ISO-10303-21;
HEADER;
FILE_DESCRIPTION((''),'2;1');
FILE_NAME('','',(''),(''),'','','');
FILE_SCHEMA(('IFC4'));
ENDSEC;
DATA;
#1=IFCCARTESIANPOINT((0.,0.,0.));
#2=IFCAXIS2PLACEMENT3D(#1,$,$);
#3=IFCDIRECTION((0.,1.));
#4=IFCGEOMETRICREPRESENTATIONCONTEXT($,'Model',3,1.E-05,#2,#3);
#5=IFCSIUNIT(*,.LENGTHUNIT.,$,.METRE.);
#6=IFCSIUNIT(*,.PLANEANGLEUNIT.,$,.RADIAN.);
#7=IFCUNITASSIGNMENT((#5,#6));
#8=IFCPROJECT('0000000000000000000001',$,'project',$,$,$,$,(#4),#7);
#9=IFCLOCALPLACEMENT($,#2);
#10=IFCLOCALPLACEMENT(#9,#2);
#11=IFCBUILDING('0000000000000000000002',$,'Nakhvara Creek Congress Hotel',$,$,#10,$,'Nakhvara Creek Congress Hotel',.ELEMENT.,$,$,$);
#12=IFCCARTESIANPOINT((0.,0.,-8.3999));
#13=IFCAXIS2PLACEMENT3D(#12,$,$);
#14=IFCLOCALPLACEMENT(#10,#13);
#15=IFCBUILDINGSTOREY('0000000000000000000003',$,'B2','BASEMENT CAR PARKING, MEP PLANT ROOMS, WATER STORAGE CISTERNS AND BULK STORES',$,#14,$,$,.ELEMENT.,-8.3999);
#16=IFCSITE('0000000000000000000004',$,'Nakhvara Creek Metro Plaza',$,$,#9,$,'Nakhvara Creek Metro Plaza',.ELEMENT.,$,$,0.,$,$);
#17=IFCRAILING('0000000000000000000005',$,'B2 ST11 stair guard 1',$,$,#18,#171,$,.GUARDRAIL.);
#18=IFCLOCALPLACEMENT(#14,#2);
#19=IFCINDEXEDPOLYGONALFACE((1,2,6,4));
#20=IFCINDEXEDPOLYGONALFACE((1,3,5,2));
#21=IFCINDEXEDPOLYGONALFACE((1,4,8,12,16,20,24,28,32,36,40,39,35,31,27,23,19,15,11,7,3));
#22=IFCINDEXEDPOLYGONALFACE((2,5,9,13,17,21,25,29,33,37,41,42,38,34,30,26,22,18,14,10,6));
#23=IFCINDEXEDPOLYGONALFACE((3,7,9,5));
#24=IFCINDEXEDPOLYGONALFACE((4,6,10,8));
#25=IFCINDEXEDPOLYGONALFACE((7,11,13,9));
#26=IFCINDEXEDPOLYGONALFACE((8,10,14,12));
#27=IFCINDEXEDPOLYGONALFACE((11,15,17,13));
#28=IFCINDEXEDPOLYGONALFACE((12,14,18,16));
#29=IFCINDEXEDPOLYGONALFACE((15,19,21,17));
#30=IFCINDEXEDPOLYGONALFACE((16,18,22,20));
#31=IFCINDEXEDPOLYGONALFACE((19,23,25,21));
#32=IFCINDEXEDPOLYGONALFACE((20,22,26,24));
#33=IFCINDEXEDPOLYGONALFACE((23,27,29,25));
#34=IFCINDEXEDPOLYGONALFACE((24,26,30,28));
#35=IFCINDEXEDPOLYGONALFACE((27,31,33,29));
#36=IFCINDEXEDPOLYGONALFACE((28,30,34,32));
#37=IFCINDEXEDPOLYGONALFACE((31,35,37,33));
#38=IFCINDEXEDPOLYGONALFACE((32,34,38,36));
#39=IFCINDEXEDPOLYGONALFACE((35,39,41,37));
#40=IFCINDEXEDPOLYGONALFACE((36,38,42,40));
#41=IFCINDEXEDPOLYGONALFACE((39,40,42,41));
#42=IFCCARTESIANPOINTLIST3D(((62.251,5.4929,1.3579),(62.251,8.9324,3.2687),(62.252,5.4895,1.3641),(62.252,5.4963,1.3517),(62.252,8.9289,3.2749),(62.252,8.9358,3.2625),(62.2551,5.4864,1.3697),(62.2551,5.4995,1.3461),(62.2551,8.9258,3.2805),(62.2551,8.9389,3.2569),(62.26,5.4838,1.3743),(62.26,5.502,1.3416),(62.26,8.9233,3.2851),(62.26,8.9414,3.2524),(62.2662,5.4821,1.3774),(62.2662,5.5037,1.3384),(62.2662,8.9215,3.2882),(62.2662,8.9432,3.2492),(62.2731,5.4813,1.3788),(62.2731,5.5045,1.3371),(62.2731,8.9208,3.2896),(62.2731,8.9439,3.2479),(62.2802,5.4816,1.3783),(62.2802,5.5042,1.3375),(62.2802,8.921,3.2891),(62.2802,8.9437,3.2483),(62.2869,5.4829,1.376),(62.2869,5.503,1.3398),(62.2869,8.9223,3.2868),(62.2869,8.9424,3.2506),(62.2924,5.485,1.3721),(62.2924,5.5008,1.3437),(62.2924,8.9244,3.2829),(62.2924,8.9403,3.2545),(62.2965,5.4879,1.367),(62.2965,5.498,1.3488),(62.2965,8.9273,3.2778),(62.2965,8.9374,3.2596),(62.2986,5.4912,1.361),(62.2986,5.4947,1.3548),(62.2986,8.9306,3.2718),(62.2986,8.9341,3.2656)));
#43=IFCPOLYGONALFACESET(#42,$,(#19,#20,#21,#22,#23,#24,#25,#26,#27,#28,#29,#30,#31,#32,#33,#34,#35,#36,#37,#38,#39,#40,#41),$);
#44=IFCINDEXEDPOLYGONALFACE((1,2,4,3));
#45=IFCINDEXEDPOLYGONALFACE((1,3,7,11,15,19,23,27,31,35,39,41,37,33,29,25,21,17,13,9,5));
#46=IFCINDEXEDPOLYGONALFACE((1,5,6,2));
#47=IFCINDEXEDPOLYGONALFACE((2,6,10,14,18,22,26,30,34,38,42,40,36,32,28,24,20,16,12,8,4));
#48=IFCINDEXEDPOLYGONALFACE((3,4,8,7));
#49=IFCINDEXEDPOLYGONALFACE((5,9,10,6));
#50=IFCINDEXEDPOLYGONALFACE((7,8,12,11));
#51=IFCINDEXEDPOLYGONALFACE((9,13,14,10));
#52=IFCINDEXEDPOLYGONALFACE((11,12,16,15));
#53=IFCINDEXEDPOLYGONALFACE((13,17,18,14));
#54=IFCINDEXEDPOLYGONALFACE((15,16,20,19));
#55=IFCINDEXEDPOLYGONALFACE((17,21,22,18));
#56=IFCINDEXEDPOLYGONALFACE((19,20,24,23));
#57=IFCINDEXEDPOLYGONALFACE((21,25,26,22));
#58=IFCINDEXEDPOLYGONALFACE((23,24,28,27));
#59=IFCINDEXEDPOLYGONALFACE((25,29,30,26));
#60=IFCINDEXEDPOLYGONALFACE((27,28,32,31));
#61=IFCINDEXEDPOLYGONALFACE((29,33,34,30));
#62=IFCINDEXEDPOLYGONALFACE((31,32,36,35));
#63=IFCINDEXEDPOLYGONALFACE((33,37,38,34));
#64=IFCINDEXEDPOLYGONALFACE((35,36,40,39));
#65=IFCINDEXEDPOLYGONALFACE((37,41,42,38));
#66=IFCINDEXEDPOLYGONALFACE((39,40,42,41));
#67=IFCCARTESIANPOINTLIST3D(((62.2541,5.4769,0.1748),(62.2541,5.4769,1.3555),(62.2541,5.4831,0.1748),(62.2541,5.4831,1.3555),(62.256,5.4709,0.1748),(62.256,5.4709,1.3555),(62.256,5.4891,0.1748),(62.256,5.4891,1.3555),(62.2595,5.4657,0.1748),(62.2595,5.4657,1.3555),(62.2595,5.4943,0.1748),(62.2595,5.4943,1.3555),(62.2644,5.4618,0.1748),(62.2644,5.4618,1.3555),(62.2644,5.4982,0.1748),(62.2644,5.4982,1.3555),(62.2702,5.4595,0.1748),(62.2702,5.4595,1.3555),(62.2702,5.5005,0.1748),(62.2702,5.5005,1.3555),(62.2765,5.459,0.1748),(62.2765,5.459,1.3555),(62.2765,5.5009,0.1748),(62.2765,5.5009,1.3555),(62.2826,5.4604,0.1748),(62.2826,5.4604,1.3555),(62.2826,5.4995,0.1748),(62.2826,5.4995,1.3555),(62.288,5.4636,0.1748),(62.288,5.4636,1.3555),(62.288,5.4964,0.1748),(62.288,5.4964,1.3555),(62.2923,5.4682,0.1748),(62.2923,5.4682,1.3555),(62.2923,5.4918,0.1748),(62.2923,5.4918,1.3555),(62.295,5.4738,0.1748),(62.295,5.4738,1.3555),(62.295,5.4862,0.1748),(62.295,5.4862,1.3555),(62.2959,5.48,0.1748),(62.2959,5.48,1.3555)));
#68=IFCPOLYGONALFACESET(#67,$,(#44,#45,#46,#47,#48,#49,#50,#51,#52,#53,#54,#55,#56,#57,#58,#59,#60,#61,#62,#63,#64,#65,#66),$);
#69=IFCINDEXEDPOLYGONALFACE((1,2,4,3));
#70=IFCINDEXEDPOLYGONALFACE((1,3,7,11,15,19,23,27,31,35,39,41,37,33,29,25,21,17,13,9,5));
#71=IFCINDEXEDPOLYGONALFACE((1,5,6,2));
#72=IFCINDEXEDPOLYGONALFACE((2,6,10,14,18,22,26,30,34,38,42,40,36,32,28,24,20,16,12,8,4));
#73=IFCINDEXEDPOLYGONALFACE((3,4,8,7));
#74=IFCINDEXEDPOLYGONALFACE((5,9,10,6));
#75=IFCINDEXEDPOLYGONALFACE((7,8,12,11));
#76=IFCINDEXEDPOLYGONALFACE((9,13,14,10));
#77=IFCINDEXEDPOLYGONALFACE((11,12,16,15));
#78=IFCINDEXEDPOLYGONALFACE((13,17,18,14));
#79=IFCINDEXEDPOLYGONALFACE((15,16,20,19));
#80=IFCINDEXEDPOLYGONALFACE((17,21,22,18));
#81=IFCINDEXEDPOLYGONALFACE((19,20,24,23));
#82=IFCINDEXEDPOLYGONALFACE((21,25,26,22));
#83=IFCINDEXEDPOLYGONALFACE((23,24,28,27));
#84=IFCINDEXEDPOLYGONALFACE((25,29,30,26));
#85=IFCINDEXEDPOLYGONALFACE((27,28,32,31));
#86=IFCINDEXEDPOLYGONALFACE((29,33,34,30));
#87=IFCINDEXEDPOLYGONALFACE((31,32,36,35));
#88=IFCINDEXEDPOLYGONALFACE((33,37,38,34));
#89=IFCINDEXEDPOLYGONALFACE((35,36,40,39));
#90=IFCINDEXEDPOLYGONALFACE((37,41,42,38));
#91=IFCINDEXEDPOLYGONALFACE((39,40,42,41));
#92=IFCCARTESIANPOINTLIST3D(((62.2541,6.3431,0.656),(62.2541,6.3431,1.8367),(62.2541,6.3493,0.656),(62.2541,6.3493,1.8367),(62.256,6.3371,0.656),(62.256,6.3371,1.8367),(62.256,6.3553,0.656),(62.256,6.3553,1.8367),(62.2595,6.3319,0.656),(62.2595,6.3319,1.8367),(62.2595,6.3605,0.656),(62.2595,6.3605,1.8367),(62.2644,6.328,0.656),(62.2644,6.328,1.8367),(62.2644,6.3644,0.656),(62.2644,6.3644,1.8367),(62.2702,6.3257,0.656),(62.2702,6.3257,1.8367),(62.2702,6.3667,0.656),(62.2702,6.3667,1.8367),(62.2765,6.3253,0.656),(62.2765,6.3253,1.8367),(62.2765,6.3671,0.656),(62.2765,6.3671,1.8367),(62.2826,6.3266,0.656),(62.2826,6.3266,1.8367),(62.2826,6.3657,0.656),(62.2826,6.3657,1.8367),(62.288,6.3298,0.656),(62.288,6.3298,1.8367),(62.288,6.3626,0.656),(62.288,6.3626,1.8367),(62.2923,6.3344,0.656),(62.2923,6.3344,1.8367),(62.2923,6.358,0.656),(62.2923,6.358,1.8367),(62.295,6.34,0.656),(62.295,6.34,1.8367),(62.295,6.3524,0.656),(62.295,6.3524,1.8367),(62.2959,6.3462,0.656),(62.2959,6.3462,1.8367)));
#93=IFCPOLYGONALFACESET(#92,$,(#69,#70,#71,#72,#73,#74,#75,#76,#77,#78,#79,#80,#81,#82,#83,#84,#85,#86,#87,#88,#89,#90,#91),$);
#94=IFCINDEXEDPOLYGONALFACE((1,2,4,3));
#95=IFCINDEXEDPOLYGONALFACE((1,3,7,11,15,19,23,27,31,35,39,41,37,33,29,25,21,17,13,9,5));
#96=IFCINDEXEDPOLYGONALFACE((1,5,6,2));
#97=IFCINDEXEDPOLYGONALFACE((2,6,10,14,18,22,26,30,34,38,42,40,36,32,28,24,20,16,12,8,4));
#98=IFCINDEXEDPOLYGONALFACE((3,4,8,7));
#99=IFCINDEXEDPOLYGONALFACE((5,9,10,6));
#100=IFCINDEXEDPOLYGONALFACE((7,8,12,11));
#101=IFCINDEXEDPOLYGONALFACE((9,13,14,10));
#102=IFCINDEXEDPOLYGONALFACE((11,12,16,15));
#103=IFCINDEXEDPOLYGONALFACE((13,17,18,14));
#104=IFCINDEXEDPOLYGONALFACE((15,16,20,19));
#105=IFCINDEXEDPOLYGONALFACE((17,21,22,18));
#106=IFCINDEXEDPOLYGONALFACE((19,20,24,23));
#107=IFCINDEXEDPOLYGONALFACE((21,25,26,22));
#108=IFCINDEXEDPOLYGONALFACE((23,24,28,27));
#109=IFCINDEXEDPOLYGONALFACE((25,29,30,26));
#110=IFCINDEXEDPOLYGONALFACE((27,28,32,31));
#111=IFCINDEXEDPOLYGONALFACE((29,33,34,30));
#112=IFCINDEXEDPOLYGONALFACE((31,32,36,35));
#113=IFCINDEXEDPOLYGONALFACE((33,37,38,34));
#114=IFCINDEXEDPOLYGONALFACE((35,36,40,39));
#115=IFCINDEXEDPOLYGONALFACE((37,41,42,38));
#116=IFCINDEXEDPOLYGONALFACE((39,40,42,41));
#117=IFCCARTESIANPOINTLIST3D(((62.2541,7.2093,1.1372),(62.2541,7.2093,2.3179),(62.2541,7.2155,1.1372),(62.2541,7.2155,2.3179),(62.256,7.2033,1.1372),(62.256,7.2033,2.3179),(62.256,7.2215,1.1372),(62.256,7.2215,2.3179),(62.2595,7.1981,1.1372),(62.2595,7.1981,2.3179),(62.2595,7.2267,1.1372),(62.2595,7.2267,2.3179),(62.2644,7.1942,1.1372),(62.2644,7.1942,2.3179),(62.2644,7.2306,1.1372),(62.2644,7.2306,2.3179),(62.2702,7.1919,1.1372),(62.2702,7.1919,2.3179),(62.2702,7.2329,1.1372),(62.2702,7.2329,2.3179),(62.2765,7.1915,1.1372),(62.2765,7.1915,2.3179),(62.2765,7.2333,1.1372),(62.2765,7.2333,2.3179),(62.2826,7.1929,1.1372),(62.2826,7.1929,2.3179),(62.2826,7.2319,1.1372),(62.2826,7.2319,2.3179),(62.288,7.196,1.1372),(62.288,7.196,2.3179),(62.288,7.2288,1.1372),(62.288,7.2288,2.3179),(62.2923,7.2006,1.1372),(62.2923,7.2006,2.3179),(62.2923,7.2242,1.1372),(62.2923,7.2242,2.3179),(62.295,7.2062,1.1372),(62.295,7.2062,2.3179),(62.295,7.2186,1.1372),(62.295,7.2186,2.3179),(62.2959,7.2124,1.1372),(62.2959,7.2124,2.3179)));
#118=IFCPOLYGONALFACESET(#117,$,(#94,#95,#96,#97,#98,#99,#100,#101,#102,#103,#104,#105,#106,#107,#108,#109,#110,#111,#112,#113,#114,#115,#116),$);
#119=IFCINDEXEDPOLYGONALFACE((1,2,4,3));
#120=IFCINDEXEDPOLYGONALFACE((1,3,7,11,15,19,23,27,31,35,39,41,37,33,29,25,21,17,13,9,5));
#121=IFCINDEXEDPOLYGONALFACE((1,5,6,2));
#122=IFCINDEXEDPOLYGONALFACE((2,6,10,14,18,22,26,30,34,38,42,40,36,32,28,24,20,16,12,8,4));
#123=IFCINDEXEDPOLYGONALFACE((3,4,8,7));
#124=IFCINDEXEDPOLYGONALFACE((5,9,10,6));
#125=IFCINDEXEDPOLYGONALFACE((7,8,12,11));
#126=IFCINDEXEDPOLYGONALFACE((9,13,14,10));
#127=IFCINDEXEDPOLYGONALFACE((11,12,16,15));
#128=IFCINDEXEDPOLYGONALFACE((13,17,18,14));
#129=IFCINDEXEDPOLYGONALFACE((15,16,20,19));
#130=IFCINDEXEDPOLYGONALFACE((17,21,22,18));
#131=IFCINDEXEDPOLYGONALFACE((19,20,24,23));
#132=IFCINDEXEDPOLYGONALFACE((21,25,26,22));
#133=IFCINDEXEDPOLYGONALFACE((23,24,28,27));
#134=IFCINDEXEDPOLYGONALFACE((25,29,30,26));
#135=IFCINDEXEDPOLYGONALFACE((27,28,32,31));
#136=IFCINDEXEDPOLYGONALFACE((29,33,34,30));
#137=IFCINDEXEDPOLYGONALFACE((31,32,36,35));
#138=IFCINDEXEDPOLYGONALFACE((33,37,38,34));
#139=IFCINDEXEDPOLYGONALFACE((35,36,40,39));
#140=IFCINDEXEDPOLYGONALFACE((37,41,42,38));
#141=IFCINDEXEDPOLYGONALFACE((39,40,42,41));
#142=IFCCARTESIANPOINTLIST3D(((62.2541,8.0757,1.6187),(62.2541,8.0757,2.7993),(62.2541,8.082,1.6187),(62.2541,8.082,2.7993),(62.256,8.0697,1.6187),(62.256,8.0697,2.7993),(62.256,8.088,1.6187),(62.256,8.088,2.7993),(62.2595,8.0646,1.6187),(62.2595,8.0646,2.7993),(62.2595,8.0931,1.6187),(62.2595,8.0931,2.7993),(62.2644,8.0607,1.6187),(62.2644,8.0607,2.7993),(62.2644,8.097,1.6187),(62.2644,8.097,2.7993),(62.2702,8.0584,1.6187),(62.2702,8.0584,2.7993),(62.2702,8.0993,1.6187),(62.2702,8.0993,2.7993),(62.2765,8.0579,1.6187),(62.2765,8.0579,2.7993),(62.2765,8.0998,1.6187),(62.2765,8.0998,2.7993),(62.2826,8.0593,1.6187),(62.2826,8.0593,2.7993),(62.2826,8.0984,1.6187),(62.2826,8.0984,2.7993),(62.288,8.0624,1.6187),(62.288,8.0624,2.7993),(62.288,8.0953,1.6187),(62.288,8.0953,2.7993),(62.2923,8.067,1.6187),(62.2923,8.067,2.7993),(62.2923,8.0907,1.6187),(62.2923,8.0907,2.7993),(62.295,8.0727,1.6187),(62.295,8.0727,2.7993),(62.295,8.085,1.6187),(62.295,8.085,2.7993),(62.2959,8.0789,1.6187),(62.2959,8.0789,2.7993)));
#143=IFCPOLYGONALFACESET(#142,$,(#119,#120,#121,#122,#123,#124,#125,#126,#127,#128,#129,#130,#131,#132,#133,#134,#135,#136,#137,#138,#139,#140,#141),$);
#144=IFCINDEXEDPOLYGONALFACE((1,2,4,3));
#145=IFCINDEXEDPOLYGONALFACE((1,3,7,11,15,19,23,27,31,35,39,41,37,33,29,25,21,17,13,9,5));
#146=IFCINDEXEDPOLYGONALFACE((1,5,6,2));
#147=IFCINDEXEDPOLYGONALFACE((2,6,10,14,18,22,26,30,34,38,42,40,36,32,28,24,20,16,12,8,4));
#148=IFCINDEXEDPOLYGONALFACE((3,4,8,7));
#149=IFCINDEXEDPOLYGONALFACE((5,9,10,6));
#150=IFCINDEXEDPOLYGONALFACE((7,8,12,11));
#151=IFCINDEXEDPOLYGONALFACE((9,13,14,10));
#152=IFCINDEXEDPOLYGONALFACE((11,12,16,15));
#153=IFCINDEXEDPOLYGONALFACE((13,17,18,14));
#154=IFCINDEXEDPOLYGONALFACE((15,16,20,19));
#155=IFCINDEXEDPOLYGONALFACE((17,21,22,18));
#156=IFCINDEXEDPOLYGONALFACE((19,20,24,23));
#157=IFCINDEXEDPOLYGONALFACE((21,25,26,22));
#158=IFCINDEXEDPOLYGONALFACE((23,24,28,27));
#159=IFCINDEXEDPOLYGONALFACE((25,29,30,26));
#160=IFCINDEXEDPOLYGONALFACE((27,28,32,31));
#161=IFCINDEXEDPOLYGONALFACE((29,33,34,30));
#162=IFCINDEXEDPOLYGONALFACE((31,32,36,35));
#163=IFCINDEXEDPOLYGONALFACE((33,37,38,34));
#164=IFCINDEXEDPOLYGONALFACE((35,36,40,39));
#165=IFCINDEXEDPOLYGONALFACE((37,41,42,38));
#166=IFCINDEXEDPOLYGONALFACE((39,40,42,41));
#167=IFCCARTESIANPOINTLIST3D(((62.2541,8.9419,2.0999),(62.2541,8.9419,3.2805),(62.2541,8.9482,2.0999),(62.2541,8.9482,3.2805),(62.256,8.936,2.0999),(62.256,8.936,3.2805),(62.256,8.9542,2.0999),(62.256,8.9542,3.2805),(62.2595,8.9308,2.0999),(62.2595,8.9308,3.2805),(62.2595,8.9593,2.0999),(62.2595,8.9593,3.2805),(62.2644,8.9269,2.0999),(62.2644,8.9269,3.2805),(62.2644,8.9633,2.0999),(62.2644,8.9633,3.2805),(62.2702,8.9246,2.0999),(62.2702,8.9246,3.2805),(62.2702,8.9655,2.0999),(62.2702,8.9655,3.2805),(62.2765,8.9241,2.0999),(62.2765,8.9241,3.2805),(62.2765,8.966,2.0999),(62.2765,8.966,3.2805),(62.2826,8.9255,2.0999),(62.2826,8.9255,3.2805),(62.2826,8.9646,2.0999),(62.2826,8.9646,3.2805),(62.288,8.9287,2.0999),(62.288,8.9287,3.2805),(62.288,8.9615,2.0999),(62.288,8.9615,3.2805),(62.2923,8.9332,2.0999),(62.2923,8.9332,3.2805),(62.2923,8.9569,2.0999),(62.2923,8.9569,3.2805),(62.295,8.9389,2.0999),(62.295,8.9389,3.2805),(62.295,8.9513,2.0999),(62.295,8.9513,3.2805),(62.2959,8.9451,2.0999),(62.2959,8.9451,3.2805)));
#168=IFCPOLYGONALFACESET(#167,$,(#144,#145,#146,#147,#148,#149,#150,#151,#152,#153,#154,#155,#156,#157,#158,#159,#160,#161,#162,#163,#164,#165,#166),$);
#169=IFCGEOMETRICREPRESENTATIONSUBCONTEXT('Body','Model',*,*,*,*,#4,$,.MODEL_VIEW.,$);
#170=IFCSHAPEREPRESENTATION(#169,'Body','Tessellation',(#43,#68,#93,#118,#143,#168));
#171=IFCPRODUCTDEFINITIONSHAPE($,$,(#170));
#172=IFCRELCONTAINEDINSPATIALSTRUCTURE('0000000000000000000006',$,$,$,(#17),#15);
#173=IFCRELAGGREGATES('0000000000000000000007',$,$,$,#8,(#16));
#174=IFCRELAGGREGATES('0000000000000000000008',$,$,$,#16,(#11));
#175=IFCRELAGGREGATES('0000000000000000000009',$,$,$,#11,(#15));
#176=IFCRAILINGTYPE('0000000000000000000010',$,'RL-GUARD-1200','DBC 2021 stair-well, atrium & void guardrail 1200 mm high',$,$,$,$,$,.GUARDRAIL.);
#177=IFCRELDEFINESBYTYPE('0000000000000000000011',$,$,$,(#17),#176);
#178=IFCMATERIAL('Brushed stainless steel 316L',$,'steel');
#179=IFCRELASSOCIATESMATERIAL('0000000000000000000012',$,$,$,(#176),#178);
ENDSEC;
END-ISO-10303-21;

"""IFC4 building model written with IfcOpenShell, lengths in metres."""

from ifc_helpers import new_model, si_unit, direction, frame, origin, origin_2d, place, context, subcontext, project, spatial, circle, extrude, material, type_object, element, save


model = new_model("IFC4")

# Units and contexts
model_context = context("Model", 3, precision=1e-05, world=origin(), true_north=direction((0.0, 1.0)))
body_context = subcontext(model_context, "Body", "Model", "MODEL_VIEW")
ifc_project = project(units=[si_unit("LENGTHUNIT", "METRE"), si_unit("PLANEANGLEUNIT", "RADIAN")], contexts=[model_context])

# Site, building, storey
site_placement = place(None, origin())
site = spatial("IfcSite", under=ifc_project, at=site_placement, Name="Nakhvara Creek Metro Plaza", LongName="Nakhvara Creek Metro Plaza", CompositionType="ELEMENT", RefElevation=0.0)
building_placement = place(site_placement, origin())
building = spatial("IfcBuilding", under=site, at=building_placement, Name="Nakhvara Creek Congress Hotel", LongName="Nakhvara Creek Congress Hotel", CompositionType="ELEMENT")
storey_placement = place(building_placement, frame((0.0, 0.0, -8.3999)))
storey = spatial("IfcBuildingStorey", under=building, at=storey_placement, Name="B2", Description="BASEMENT CAR PARKING, MEP PLANT ROOMS, WATER STORAGE CISTERNS AND BULK STORES", CompositionType="ELEMENT", Elevation=-8.3999)

# Railing
ifc_material_1 = material(Name="Brushed stainless steel 316L", Category="steel")
railing_type_1 = type_object("IfcRailingType", Name="RL-GUARD-1200", Description="DBC 2021 stair-well, atrium & void guardrail 1200 mm high", PredefinedType="GUARDRAIL", material=ifc_material_1)
railing_1_placement = place(storey_placement, frame((62.2749, 5.48, 0.1748)))
element("IfcRailing", 1, at=railing_1_placement, inside=storey, type_object=railing_type_1, Name="B2 ST11 stair guard 1", PredefinedType="GUARDRAIL", context=body_context, shape_type="SweptSolid", body=[
    extrude(circle(Radius=0.0239, at=origin_2d()), frame((0.0, 0.0129, 1.1831), z_axis=(0.0, 0.874157, 0.485643), x_axis=(-1.0, 0.0, 0.0)), (0.0, 0.0, 1.0), 3.9346),
    extrude(circle(Radius=0.021, at=origin_2d()), origin(), (0.0, 0.0, 1.0), 1.1807),
    extrude(circle(Radius=0.021, at=origin_2d()), frame((0.0, 0.8662, 0.4812)), (0.0, 0.0, 1.0), 1.1807),
    extrude(circle(Radius=0.021, at=origin_2d()), frame((0.0, 1.7324, 0.9624)), (0.0, 0.0, 1.0), 1.1807),
    extrude(circle(Radius=0.021, at=origin_2d()), frame((0.0, 2.5989, 1.4438)), (0.0, 0.0, 1.0), 1.1807),
    extrude(circle(Radius=0.021, at=origin_2d()), frame((0.0, 3.4651, 1.925)), (0.0, 0.0, 1.0), 1.1807),
])

save(model, "model.ifc")
